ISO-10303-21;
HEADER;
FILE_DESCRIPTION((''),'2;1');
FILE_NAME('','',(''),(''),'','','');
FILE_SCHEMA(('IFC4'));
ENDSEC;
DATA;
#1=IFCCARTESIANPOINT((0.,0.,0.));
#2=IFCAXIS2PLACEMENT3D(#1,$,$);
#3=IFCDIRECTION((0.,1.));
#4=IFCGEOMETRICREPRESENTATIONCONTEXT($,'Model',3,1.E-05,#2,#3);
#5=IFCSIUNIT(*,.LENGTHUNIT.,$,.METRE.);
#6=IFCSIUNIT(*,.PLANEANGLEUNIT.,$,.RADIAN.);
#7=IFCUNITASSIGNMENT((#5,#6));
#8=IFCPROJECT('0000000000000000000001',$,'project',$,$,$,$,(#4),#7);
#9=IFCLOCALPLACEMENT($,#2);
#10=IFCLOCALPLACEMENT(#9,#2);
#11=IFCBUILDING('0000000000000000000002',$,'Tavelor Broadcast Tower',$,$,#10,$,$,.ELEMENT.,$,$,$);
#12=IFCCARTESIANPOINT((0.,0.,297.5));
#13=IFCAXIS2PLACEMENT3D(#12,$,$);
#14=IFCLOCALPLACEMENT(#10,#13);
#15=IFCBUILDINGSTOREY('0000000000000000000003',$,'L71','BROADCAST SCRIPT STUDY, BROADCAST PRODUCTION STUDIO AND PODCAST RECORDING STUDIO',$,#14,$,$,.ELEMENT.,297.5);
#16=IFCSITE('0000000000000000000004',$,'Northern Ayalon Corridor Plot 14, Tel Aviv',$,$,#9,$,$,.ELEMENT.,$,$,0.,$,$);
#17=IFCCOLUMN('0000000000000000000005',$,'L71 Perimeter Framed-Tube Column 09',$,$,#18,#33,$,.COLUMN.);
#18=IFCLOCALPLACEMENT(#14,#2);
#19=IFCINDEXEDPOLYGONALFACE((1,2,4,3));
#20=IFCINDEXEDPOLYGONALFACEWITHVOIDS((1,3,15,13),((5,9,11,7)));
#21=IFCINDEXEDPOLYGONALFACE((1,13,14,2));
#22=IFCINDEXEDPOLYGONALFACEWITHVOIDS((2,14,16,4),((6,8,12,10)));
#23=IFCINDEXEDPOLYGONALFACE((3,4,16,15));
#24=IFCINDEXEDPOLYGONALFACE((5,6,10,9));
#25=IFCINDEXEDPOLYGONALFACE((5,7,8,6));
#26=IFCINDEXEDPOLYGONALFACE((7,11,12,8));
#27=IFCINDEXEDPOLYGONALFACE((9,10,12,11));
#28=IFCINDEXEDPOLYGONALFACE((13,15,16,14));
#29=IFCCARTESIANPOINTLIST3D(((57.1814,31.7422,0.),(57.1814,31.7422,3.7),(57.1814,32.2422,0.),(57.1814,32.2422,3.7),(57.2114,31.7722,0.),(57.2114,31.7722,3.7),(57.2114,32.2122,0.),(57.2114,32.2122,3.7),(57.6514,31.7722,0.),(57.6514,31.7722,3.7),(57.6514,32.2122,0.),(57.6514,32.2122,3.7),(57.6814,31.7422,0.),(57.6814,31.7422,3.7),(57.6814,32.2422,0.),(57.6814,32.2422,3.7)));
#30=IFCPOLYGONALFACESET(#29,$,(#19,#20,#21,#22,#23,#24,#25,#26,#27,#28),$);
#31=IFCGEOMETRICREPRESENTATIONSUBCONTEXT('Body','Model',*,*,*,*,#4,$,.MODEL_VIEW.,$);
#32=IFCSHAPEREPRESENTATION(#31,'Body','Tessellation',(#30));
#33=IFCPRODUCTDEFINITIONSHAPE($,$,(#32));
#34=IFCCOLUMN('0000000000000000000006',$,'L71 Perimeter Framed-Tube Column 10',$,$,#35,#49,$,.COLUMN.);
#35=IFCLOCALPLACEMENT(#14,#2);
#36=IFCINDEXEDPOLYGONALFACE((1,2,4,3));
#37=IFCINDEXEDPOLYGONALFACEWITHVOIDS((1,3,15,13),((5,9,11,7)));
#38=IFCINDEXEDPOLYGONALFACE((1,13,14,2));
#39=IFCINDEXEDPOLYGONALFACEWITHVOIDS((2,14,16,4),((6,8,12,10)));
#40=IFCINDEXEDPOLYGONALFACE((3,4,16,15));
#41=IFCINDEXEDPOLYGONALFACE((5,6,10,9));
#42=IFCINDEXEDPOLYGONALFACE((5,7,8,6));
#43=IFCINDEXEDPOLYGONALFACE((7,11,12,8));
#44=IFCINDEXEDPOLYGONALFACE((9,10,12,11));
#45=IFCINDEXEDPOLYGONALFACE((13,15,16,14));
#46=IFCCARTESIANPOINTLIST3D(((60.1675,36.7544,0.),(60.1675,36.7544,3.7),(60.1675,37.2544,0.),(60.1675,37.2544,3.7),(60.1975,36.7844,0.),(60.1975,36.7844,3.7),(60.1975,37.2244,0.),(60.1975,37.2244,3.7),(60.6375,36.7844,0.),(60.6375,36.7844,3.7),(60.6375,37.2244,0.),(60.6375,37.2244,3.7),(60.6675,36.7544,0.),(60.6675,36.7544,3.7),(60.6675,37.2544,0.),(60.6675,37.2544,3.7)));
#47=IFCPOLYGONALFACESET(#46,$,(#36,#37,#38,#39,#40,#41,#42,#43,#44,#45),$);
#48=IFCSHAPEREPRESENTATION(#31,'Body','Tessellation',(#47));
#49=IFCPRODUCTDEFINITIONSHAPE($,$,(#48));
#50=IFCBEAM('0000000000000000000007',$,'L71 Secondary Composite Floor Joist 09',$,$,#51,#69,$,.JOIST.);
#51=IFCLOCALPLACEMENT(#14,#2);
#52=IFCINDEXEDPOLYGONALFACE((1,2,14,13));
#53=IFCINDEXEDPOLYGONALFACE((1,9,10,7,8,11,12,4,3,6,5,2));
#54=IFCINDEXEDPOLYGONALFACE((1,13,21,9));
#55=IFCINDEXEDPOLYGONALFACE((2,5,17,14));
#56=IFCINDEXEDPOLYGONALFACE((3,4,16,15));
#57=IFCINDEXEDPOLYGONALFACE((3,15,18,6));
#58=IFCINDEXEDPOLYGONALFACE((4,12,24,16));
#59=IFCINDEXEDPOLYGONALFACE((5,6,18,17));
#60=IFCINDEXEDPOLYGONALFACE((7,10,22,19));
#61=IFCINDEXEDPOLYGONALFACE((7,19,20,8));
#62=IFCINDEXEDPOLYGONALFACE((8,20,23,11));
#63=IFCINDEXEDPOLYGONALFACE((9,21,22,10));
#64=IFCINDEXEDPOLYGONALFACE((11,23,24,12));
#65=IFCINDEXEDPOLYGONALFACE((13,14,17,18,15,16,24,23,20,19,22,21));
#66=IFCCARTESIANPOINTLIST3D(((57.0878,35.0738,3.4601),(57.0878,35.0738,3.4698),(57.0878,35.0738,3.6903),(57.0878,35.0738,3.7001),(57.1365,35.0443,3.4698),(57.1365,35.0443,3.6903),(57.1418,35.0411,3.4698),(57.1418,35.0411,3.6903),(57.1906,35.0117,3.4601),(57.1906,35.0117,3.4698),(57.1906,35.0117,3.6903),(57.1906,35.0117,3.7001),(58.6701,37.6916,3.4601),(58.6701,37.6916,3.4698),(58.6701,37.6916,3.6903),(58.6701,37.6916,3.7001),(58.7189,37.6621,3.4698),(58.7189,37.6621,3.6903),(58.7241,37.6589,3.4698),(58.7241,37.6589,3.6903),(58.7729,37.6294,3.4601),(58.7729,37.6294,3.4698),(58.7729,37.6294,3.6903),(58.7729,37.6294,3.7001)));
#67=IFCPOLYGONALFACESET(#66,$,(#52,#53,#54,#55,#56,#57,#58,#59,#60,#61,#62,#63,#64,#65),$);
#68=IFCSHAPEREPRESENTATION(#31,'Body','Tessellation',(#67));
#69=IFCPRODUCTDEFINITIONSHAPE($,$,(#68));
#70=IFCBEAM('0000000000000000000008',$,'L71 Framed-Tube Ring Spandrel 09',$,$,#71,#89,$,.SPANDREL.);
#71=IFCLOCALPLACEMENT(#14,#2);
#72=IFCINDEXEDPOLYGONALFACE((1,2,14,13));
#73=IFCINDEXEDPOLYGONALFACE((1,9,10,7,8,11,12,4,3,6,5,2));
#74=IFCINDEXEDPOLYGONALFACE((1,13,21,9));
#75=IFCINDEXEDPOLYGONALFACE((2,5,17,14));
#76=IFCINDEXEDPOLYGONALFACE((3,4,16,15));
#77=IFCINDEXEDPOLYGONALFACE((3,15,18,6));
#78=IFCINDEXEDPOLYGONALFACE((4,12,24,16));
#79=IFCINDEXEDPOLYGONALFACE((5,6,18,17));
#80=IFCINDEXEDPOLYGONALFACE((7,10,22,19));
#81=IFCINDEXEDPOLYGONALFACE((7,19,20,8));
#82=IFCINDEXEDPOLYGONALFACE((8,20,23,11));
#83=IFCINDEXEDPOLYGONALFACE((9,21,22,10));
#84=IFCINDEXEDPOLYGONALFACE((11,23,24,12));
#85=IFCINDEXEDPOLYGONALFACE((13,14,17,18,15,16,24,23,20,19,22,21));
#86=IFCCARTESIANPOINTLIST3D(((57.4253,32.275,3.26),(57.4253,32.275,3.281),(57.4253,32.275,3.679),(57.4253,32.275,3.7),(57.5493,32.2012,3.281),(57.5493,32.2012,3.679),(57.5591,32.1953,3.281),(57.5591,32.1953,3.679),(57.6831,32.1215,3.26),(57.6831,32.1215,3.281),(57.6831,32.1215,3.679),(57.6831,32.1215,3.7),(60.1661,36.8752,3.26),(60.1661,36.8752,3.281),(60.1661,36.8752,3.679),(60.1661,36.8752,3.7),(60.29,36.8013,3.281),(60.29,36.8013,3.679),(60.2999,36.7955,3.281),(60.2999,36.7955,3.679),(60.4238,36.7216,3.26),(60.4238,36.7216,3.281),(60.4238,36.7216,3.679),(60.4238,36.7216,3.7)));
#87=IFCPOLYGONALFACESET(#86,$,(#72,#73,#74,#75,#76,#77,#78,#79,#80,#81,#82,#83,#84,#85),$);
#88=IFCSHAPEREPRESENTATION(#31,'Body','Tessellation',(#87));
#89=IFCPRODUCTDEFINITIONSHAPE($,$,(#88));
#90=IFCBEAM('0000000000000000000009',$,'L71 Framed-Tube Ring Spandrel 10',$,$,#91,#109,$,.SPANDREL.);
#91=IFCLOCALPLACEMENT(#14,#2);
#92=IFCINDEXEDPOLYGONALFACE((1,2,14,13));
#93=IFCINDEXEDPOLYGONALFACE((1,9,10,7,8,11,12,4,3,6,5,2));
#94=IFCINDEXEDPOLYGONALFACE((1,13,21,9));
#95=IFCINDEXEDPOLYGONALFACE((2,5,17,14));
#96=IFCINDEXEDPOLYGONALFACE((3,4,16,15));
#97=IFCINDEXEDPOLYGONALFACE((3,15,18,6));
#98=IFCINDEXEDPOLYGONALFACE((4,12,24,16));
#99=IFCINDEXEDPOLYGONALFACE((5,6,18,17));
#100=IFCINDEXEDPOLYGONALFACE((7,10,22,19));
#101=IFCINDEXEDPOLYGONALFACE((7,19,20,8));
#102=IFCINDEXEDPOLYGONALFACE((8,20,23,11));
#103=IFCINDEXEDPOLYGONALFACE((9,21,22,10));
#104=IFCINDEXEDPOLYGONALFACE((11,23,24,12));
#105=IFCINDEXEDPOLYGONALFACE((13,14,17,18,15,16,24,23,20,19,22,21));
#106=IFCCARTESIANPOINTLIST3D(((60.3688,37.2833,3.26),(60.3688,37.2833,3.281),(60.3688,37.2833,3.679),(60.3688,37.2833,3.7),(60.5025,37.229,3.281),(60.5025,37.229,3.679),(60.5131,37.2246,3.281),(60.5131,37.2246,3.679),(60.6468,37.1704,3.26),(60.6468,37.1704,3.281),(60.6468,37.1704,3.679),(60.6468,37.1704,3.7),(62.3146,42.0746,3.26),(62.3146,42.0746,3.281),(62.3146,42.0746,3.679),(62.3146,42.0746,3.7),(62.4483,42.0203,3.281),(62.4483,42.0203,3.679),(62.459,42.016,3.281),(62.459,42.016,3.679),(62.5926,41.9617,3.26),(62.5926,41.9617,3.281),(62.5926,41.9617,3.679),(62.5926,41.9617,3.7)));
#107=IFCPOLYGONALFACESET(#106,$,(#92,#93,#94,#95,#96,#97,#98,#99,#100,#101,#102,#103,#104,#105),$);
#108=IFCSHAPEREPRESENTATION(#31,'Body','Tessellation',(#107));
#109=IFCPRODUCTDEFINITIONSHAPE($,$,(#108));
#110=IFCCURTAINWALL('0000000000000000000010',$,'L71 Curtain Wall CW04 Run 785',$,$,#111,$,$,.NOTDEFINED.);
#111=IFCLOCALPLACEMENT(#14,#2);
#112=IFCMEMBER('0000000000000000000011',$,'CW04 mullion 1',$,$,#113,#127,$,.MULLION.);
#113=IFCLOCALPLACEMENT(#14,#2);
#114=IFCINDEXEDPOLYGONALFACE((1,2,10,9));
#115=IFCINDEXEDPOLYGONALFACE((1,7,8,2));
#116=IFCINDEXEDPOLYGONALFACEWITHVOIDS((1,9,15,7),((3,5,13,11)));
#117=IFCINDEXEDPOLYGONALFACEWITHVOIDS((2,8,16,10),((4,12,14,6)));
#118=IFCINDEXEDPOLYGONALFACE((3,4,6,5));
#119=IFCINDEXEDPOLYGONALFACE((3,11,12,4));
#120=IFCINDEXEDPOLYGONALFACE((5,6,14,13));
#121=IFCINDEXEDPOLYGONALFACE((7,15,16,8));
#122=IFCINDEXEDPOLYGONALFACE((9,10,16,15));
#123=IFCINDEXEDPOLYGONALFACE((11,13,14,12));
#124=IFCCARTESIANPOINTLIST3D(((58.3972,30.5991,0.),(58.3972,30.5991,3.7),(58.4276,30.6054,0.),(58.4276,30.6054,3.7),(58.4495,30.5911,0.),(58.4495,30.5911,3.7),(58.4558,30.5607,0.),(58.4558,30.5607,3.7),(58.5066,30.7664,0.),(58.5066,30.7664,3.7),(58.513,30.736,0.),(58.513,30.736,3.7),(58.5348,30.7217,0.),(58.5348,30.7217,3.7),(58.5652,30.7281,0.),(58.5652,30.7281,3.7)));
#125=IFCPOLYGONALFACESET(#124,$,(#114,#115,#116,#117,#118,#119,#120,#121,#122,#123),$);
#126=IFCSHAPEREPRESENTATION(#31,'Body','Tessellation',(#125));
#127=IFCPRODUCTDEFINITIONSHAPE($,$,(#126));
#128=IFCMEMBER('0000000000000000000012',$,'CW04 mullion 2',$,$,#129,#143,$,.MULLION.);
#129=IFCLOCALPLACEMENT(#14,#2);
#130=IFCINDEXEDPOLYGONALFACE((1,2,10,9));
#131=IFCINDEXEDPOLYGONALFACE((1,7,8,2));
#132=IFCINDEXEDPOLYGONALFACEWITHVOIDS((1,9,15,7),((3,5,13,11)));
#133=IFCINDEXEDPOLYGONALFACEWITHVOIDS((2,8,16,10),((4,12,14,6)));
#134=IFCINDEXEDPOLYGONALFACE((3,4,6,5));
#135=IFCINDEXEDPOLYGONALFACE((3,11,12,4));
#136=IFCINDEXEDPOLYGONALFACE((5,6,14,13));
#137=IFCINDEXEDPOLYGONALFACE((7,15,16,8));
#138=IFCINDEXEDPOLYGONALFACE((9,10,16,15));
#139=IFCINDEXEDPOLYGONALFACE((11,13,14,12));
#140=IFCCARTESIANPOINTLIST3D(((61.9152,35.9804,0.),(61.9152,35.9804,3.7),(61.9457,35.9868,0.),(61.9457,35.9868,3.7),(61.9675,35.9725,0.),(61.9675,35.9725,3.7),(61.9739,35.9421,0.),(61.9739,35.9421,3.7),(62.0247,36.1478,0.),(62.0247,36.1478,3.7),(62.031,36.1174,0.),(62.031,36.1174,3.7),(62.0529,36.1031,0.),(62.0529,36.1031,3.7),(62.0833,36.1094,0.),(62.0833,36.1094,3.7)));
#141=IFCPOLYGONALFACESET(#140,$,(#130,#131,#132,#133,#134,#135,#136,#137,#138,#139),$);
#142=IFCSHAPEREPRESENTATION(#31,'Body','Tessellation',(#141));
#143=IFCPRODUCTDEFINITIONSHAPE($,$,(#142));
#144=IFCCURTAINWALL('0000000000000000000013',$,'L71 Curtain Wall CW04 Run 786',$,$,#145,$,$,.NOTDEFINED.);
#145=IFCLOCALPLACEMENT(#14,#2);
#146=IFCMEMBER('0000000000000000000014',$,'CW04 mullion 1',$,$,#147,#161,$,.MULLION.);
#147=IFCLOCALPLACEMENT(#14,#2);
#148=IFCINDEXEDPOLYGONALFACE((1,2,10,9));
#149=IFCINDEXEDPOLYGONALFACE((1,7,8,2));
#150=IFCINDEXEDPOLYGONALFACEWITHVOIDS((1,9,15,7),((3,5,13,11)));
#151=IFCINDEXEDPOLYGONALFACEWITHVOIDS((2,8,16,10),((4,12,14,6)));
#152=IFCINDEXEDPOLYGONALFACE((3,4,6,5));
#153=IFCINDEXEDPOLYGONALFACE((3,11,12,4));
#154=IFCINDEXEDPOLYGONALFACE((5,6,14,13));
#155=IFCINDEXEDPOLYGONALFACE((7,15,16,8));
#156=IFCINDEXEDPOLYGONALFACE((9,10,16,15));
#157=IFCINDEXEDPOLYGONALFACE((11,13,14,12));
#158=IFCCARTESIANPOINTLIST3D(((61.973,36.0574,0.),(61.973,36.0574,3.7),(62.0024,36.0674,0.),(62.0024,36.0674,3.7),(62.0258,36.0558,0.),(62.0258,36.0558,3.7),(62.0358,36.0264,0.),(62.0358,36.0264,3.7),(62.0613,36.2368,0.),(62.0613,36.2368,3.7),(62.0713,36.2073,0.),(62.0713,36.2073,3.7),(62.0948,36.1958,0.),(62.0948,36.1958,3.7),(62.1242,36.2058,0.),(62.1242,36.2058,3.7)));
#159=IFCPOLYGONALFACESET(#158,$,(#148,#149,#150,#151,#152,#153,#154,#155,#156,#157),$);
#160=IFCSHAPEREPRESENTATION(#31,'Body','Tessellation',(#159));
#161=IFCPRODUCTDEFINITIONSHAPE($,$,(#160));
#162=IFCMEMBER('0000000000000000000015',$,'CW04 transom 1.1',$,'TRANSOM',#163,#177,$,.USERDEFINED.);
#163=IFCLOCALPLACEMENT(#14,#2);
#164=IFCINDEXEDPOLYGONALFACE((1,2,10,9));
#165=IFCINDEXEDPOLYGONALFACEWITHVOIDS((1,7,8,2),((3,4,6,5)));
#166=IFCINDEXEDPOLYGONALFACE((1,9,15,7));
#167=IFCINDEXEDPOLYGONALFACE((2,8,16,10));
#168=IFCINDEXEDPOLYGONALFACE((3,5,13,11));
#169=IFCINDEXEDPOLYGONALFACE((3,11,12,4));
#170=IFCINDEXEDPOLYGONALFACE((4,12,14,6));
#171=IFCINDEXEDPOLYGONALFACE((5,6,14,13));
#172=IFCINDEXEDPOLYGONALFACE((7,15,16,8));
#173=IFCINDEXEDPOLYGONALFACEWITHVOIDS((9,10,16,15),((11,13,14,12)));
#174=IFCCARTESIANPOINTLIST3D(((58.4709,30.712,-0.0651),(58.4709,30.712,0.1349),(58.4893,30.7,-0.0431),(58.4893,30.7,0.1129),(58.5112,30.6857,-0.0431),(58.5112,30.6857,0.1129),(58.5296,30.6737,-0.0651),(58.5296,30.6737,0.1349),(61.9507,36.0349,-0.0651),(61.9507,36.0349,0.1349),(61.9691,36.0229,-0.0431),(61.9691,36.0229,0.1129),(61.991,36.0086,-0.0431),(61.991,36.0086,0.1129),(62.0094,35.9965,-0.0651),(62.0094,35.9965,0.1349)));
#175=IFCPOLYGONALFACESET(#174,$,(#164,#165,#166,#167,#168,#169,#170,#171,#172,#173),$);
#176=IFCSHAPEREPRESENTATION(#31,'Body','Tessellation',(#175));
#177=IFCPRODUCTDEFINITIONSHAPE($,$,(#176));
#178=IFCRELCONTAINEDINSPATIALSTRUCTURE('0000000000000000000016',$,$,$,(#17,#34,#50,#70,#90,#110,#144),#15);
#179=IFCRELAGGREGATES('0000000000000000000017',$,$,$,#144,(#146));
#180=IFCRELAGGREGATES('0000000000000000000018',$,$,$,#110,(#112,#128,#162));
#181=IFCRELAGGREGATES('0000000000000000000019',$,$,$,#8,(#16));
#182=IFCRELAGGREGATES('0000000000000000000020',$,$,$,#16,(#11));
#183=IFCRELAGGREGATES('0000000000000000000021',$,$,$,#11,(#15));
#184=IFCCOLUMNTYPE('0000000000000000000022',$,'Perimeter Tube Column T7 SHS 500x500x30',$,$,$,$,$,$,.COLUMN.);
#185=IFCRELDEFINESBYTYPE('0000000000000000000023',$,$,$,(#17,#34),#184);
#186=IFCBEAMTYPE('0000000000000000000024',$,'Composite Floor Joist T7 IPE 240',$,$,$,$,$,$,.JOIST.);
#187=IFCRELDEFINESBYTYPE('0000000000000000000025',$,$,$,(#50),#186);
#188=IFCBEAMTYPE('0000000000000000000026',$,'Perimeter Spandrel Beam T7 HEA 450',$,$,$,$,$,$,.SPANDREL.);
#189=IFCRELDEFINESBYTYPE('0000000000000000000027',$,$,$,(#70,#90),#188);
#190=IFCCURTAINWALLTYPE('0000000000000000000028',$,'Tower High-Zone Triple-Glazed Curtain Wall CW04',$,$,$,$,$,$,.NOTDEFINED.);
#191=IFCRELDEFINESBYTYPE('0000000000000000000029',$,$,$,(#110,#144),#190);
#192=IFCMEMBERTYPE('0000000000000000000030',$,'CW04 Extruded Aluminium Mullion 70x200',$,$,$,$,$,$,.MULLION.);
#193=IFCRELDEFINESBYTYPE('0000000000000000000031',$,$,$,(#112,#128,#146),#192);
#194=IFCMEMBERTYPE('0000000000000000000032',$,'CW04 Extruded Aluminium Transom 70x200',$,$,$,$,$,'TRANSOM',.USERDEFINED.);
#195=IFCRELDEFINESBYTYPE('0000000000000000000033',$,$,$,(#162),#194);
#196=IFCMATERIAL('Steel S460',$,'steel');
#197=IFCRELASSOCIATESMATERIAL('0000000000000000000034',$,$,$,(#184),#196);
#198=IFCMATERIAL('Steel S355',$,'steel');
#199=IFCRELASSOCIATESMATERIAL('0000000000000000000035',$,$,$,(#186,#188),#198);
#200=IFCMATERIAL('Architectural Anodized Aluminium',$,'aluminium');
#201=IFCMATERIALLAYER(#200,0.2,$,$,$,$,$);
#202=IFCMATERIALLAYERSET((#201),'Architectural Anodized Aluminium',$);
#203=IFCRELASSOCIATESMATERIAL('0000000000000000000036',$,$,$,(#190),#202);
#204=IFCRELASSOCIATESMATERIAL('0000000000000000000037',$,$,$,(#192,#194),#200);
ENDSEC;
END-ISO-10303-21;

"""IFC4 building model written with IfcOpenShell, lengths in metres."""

from ifc_helpers import new_model, si_unit, direction, frame, origin, origin_2d, place, context, subcontext, project, spatial, hollow_rectangle, i_section, extrude, source, transform, mapped, material, layer, layer_set, material_profile, profile_set, type_object, type_shapes, element, aggregate, save


model = new_model("IFC4")

# Units and contexts
model_context = context("Model", 3, precision=1e-05, world=origin(), true_north=direction((0.0, 1.0)))
body_context = subcontext(model_context, "Body", "Model", "MODEL_VIEW")
ifc_project = project(units=[si_unit("LENGTHUNIT", "METRE"), si_unit("PLANEANGLEUNIT", "RADIAN")], contexts=[model_context])

# Site, building, storey
site_placement = place(None, origin())
site = spatial("IfcSite", under=ifc_project, at=site_placement, Name="Northern Ayalon Corridor Plot 14, Tel Aviv", CompositionType="ELEMENT", RefElevation=0.0)
building_placement = place(site_placement, origin())
building = spatial("IfcBuilding", under=site, at=building_placement, Name="Tavelor Broadcast Tower", CompositionType="ELEMENT")
storey_placement = place(building_placement, frame((0.0, 0.0, 297.5)))
storey = spatial("IfcBuildingStorey", under=building, at=storey_placement, Name="L71", Description="BROADCAST SCRIPT STUDY, BROADCAST PRODUCTION STUDIO AND PODCAST RECORDING STUDIO", CompositionType="ELEMENT", Elevation=297.5)

# Columns
ifc_material_1 = material(Name="Steel S460", Category="steel")
ifc_material_profile_1 = material_profile(ifc_material_1, hollow_rectangle(XDim=0.5, YDim=0.5, WallThickness=0.03, at=origin_2d()), Name="SHS 500x500x30")
ifc_profile_set_1 = profile_set([ifc_material_profile_1], Name="Steel S460")
column_type = type_object("IfcColumnType", Name="Perimeter Tube Column T7 SHS 500x500x30", PredefinedType="COLUMN", material=ifc_profile_set_1)
for number, where, z_axis, x_axis, name in (
    (1, (57.4314, 31.9922, 0.0), (0.0, 0.0, 1.0), (1.0, 0.0, 0.0), "L71 Perimeter Framed-Tube Column 09"),
    (2, (60.4175, 37.0044, 0.0), (0.0, 0.0, 1.0), (1.0, 0.0, 0.0), "L71 Perimeter Framed-Tube Column 10"),
):
    element("IfcColumn", number, at=place(storey_placement, frame(where, z_axis=z_axis, x_axis=x_axis)), inside=storey, type_object=column_type, Name=name, PredefinedType="COLUMN", context=body_context, shape_type="SweptSolid", body=[
        extrude(hollow_rectangle(XDim=0.5, YDim=0.5, WallThickness=0.03, at=origin_2d()), origin(), (0.0, 0.0, 1.0), 3.7),
    ])

# Beams
ifc_material_2 = material(Name="Steel S355", Category="steel")
ifc_material_profile_2 = material_profile(ifc_material_2, i_section(OverallWidth=0.1201, OverallDepth=0.24, WebThickness=0.0061, FlangeThickness=0.0098, at=origin_2d()), Name="IPE 240")
ifc_profile_set_2 = profile_set([ifc_material_profile_2], Name="Steel S355")
beam_type_1 = type_object("IfcBeamType", Name="Composite Floor Joist T7 IPE 240", PredefinedType="JOIST", material=ifc_profile_set_2)
beam_1_placement = place(storey_placement, frame((57.1392, 35.0427, 3.5801), z_axis=(0.517298, 0.855805, 0.0), x_axis=(-0.855805, 0.517298, 0.0)))
element("IfcBeam", 3, at=beam_1_placement, inside=storey, type_object=beam_type_1, Name="L71 Secondary Composite Floor Joist 09", PredefinedType="JOIST", context=body_context, shape_type="SweptSolid", body=[
    extrude(i_section(OverallWidth=0.1201, OverallDepth=0.24, WebThickness=0.0061, FlangeThickness=0.0098, at=origin_2d()), origin(), (0.0, 0.0, 1.0), 3.0588),
])
ifc_material_profile_3 = material_profile(ifc_material_2, i_section(OverallWidth=0.3, OverallDepth=0.4399, WebThickness=0.0115, FlangeThickness=0.021, at=origin_2d()), Name="HEA 450")
ifc_profile_set_3 = profile_set([ifc_material_profile_3], Name="Steel S355")
beam_type_2 = type_object("IfcBeamType", Name="Perimeter Spandrel Beam T7 HEA 450", PredefinedType="SPANDREL", material=ifc_profile_set_3)
beam_2_placement = place(storey_placement, frame((57.5542, 32.1982, 3.48), z_axis=(0.511838, 0.859082, 0.0), x_axis=(-0.859082, 0.511838, 0.0)))
element("IfcBeam", 4, at=beam_2_placement, inside=storey, type_object=beam_type_2, Name="L71 Framed-Tube Ring Spandrel 09", PredefinedType="SPANDREL", context=body_context, shape_type="SweptSolid", body=[
    extrude(i_section(OverallWidth=0.3, OverallDepth=0.4399, WebThickness=0.0115, FlangeThickness=0.021, at=origin_2d()), origin(), (0.0, 0.0, 1.0), 5.3547),
])
beam_3_placement = place(storey_placement, frame((60.5078, 37.2268, 3.48), z_axis=(0.376269, 0.92651, 0.0), x_axis=(-0.92651, 0.376269, 0.0)))
element("IfcBeam", 5, at=beam_3_placement, inside=storey, type_object=beam_type_2, Name="L71 Framed-Tube Ring Spandrel 10", PredefinedType="SPANDREL", context=body_context, shape_type="SweptSolid", body=[
    extrude(i_section(OverallWidth=0.3, OverallDepth=0.4399, WebThickness=0.0115, FlangeThickness=0.021, at=origin_2d()), origin(), (0.0, 0.0, 1.0), 5.1714),
])

# Curtain wall, members
ifc_material_3 = material(Name="Architectural Anodized Aluminium", Category="aluminium")
ifc_layer_1 = layer(ifc_material_3, 0.2)
ifc_layer_set_1 = layer_set([ifc_layer_1], Name="Architectural Anodized Aluminium")
curtain_wall_type = type_object("IfcCurtainWallType", Name="Tower High-Zone Triple-Glazed Curtain Wall CW04", PredefinedType="NOTDEFINED", material=ifc_layer_set_1)
curtain_wall_1_placement = place(storey_placement, origin())
curtain_wall_1 = element("IfcCurtainWall", 6, at=curtain_wall_1_placement, inside=storey, type_object=curtain_wall_type, Name="L71 Curtain Wall CW04 Run 785", PredefinedType="NOTDEFINED")
ifc_material_profile_4 = material_profile(ifc_material_3, hollow_rectangle(XDim=0.0701, YDim=0.2, WallThickness=0.022, at=origin_2d()), Name="RHS 70x200x22")
ifc_profile_set_4 = profile_set([ifc_material_profile_4], Name="Architectural Anodized Aluminium")
member_type_1 = type_object("IfcMemberType", Name="CW04 Extruded Aluminium Mullion 70x200", PredefinedType="MULLION", material=ifc_profile_set_4)
shared_shape_1 = source(origin(), body_context, "Body", "SweptSolid", [
    extrude(hollow_rectangle(XDim=0.0701, YDim=0.2, WallThickness=0.022, at=origin_2d()), origin(), (0.0, 0.0, 1.0), 3.7),
])
type_shapes(member_type_1, [shared_shape_1])
member_1_placement = place(storey_placement, frame((58.4812, 30.6636, 0.0), z_axis=(0.0, 0.0, 1.0), x_axis=(-0.837004, 0.547196, 0.0)))
member_1 = element("IfcMember", 7, at=member_1_placement, type_object=member_type_1, Name="CW04 mullion 1", PredefinedType="MULLION", context=body_context, shape_type="MappedRepresentation", body=[
    mapped(shared_shape_1, transform((0.0, 0.0, 0.0), scale=1.0)),
])
member_2_placement = place(storey_placement, frame((61.9993, 36.0449, 0.0), z_axis=(0.0, 0.0, 1.0), x_axis=(-0.837004, 0.547196, 0.0)))
member_2 = element("IfcMember", 8, at=member_2_placement, type_object=member_type_1, Name="CW04 mullion 2", PredefinedType="MULLION", context=body_context, shape_type="MappedRepresentation", body=[
    mapped(shared_shape_1, transform((0.0, 0.0, 0.0), scale=1.0)),
])

# Curtain wall, member
curtain_wall_2_placement = place(storey_placement, origin())
curtain_wall_2 = element("IfcCurtainWall", 9, at=curtain_wall_2_placement, inside=storey, type_object=curtain_wall_type, Name="L71 Curtain Wall CW04 Run 786", PredefinedType="NOTDEFINED")
member_3_placement = place(storey_placement, frame((62.0486, 36.1316, 0.0), z_axis=(0.0, 0.0, 1.0), x_axis=(-0.89707, 0.441888, 0.0)))
member_3 = element("IfcMember", 10, at=member_3_placement, type_object=member_type_1, Name="CW04 mullion 1", PredefinedType="MULLION", context=body_context, shape_type="MappedRepresentation", body=[
    mapped(shared_shape_1, transform((0.0, 0.0, 0.0), scale=1.0)),
])

# Member
ifc_material_profile_5 = material_profile(ifc_material_3, hollow_rectangle(XDim=0.0701, YDim=0.2, WallThickness=0.022, at=origin_2d()), Name="RHS 70x200x22")
ifc_profile_set_5 = profile_set([ifc_material_profile_5], Name="Architectural Anodized Aluminium")
member_type_2 = type_object("IfcMemberType", Name="CW04 Extruded Aluminium Transom 70x200", ElementType="TRANSOM", PredefinedType="USERDEFINED", material=ifc_profile_set_5)
shared_shape_2 = source(origin(), body_context, "Body", "SweptSolid", [
    extrude(hollow_rectangle(XDim=0.0701, YDim=0.2, WallThickness=0.022, at=origin_2d()), origin(), (0.0, 0.0, 1.0), 6.3594),
])
member_4_placement = place(storey_placement, frame((58.5002, 30.6929, 0.0349), z_axis=(0.547191, 0.837007, 0.0), x_axis=(-0.837007, 0.547191, 0.0)))
member_4 = element("IfcMember", 11, at=member_4_placement, type_object=member_type_2, Name="CW04 transom 1.1", ObjectType="TRANSOM", PredefinedType="USERDEFINED", context=body_context, shape_type="MappedRepresentation", body=[
    mapped(shared_shape_2, transform((0.0, 0.0, 0.0), scale=1.0)),
])
aggregate(curtain_wall_2, [member_3])

aggregate(curtain_wall_1, [member_1, member_2, member_4])

save(model, "model.ifc")
